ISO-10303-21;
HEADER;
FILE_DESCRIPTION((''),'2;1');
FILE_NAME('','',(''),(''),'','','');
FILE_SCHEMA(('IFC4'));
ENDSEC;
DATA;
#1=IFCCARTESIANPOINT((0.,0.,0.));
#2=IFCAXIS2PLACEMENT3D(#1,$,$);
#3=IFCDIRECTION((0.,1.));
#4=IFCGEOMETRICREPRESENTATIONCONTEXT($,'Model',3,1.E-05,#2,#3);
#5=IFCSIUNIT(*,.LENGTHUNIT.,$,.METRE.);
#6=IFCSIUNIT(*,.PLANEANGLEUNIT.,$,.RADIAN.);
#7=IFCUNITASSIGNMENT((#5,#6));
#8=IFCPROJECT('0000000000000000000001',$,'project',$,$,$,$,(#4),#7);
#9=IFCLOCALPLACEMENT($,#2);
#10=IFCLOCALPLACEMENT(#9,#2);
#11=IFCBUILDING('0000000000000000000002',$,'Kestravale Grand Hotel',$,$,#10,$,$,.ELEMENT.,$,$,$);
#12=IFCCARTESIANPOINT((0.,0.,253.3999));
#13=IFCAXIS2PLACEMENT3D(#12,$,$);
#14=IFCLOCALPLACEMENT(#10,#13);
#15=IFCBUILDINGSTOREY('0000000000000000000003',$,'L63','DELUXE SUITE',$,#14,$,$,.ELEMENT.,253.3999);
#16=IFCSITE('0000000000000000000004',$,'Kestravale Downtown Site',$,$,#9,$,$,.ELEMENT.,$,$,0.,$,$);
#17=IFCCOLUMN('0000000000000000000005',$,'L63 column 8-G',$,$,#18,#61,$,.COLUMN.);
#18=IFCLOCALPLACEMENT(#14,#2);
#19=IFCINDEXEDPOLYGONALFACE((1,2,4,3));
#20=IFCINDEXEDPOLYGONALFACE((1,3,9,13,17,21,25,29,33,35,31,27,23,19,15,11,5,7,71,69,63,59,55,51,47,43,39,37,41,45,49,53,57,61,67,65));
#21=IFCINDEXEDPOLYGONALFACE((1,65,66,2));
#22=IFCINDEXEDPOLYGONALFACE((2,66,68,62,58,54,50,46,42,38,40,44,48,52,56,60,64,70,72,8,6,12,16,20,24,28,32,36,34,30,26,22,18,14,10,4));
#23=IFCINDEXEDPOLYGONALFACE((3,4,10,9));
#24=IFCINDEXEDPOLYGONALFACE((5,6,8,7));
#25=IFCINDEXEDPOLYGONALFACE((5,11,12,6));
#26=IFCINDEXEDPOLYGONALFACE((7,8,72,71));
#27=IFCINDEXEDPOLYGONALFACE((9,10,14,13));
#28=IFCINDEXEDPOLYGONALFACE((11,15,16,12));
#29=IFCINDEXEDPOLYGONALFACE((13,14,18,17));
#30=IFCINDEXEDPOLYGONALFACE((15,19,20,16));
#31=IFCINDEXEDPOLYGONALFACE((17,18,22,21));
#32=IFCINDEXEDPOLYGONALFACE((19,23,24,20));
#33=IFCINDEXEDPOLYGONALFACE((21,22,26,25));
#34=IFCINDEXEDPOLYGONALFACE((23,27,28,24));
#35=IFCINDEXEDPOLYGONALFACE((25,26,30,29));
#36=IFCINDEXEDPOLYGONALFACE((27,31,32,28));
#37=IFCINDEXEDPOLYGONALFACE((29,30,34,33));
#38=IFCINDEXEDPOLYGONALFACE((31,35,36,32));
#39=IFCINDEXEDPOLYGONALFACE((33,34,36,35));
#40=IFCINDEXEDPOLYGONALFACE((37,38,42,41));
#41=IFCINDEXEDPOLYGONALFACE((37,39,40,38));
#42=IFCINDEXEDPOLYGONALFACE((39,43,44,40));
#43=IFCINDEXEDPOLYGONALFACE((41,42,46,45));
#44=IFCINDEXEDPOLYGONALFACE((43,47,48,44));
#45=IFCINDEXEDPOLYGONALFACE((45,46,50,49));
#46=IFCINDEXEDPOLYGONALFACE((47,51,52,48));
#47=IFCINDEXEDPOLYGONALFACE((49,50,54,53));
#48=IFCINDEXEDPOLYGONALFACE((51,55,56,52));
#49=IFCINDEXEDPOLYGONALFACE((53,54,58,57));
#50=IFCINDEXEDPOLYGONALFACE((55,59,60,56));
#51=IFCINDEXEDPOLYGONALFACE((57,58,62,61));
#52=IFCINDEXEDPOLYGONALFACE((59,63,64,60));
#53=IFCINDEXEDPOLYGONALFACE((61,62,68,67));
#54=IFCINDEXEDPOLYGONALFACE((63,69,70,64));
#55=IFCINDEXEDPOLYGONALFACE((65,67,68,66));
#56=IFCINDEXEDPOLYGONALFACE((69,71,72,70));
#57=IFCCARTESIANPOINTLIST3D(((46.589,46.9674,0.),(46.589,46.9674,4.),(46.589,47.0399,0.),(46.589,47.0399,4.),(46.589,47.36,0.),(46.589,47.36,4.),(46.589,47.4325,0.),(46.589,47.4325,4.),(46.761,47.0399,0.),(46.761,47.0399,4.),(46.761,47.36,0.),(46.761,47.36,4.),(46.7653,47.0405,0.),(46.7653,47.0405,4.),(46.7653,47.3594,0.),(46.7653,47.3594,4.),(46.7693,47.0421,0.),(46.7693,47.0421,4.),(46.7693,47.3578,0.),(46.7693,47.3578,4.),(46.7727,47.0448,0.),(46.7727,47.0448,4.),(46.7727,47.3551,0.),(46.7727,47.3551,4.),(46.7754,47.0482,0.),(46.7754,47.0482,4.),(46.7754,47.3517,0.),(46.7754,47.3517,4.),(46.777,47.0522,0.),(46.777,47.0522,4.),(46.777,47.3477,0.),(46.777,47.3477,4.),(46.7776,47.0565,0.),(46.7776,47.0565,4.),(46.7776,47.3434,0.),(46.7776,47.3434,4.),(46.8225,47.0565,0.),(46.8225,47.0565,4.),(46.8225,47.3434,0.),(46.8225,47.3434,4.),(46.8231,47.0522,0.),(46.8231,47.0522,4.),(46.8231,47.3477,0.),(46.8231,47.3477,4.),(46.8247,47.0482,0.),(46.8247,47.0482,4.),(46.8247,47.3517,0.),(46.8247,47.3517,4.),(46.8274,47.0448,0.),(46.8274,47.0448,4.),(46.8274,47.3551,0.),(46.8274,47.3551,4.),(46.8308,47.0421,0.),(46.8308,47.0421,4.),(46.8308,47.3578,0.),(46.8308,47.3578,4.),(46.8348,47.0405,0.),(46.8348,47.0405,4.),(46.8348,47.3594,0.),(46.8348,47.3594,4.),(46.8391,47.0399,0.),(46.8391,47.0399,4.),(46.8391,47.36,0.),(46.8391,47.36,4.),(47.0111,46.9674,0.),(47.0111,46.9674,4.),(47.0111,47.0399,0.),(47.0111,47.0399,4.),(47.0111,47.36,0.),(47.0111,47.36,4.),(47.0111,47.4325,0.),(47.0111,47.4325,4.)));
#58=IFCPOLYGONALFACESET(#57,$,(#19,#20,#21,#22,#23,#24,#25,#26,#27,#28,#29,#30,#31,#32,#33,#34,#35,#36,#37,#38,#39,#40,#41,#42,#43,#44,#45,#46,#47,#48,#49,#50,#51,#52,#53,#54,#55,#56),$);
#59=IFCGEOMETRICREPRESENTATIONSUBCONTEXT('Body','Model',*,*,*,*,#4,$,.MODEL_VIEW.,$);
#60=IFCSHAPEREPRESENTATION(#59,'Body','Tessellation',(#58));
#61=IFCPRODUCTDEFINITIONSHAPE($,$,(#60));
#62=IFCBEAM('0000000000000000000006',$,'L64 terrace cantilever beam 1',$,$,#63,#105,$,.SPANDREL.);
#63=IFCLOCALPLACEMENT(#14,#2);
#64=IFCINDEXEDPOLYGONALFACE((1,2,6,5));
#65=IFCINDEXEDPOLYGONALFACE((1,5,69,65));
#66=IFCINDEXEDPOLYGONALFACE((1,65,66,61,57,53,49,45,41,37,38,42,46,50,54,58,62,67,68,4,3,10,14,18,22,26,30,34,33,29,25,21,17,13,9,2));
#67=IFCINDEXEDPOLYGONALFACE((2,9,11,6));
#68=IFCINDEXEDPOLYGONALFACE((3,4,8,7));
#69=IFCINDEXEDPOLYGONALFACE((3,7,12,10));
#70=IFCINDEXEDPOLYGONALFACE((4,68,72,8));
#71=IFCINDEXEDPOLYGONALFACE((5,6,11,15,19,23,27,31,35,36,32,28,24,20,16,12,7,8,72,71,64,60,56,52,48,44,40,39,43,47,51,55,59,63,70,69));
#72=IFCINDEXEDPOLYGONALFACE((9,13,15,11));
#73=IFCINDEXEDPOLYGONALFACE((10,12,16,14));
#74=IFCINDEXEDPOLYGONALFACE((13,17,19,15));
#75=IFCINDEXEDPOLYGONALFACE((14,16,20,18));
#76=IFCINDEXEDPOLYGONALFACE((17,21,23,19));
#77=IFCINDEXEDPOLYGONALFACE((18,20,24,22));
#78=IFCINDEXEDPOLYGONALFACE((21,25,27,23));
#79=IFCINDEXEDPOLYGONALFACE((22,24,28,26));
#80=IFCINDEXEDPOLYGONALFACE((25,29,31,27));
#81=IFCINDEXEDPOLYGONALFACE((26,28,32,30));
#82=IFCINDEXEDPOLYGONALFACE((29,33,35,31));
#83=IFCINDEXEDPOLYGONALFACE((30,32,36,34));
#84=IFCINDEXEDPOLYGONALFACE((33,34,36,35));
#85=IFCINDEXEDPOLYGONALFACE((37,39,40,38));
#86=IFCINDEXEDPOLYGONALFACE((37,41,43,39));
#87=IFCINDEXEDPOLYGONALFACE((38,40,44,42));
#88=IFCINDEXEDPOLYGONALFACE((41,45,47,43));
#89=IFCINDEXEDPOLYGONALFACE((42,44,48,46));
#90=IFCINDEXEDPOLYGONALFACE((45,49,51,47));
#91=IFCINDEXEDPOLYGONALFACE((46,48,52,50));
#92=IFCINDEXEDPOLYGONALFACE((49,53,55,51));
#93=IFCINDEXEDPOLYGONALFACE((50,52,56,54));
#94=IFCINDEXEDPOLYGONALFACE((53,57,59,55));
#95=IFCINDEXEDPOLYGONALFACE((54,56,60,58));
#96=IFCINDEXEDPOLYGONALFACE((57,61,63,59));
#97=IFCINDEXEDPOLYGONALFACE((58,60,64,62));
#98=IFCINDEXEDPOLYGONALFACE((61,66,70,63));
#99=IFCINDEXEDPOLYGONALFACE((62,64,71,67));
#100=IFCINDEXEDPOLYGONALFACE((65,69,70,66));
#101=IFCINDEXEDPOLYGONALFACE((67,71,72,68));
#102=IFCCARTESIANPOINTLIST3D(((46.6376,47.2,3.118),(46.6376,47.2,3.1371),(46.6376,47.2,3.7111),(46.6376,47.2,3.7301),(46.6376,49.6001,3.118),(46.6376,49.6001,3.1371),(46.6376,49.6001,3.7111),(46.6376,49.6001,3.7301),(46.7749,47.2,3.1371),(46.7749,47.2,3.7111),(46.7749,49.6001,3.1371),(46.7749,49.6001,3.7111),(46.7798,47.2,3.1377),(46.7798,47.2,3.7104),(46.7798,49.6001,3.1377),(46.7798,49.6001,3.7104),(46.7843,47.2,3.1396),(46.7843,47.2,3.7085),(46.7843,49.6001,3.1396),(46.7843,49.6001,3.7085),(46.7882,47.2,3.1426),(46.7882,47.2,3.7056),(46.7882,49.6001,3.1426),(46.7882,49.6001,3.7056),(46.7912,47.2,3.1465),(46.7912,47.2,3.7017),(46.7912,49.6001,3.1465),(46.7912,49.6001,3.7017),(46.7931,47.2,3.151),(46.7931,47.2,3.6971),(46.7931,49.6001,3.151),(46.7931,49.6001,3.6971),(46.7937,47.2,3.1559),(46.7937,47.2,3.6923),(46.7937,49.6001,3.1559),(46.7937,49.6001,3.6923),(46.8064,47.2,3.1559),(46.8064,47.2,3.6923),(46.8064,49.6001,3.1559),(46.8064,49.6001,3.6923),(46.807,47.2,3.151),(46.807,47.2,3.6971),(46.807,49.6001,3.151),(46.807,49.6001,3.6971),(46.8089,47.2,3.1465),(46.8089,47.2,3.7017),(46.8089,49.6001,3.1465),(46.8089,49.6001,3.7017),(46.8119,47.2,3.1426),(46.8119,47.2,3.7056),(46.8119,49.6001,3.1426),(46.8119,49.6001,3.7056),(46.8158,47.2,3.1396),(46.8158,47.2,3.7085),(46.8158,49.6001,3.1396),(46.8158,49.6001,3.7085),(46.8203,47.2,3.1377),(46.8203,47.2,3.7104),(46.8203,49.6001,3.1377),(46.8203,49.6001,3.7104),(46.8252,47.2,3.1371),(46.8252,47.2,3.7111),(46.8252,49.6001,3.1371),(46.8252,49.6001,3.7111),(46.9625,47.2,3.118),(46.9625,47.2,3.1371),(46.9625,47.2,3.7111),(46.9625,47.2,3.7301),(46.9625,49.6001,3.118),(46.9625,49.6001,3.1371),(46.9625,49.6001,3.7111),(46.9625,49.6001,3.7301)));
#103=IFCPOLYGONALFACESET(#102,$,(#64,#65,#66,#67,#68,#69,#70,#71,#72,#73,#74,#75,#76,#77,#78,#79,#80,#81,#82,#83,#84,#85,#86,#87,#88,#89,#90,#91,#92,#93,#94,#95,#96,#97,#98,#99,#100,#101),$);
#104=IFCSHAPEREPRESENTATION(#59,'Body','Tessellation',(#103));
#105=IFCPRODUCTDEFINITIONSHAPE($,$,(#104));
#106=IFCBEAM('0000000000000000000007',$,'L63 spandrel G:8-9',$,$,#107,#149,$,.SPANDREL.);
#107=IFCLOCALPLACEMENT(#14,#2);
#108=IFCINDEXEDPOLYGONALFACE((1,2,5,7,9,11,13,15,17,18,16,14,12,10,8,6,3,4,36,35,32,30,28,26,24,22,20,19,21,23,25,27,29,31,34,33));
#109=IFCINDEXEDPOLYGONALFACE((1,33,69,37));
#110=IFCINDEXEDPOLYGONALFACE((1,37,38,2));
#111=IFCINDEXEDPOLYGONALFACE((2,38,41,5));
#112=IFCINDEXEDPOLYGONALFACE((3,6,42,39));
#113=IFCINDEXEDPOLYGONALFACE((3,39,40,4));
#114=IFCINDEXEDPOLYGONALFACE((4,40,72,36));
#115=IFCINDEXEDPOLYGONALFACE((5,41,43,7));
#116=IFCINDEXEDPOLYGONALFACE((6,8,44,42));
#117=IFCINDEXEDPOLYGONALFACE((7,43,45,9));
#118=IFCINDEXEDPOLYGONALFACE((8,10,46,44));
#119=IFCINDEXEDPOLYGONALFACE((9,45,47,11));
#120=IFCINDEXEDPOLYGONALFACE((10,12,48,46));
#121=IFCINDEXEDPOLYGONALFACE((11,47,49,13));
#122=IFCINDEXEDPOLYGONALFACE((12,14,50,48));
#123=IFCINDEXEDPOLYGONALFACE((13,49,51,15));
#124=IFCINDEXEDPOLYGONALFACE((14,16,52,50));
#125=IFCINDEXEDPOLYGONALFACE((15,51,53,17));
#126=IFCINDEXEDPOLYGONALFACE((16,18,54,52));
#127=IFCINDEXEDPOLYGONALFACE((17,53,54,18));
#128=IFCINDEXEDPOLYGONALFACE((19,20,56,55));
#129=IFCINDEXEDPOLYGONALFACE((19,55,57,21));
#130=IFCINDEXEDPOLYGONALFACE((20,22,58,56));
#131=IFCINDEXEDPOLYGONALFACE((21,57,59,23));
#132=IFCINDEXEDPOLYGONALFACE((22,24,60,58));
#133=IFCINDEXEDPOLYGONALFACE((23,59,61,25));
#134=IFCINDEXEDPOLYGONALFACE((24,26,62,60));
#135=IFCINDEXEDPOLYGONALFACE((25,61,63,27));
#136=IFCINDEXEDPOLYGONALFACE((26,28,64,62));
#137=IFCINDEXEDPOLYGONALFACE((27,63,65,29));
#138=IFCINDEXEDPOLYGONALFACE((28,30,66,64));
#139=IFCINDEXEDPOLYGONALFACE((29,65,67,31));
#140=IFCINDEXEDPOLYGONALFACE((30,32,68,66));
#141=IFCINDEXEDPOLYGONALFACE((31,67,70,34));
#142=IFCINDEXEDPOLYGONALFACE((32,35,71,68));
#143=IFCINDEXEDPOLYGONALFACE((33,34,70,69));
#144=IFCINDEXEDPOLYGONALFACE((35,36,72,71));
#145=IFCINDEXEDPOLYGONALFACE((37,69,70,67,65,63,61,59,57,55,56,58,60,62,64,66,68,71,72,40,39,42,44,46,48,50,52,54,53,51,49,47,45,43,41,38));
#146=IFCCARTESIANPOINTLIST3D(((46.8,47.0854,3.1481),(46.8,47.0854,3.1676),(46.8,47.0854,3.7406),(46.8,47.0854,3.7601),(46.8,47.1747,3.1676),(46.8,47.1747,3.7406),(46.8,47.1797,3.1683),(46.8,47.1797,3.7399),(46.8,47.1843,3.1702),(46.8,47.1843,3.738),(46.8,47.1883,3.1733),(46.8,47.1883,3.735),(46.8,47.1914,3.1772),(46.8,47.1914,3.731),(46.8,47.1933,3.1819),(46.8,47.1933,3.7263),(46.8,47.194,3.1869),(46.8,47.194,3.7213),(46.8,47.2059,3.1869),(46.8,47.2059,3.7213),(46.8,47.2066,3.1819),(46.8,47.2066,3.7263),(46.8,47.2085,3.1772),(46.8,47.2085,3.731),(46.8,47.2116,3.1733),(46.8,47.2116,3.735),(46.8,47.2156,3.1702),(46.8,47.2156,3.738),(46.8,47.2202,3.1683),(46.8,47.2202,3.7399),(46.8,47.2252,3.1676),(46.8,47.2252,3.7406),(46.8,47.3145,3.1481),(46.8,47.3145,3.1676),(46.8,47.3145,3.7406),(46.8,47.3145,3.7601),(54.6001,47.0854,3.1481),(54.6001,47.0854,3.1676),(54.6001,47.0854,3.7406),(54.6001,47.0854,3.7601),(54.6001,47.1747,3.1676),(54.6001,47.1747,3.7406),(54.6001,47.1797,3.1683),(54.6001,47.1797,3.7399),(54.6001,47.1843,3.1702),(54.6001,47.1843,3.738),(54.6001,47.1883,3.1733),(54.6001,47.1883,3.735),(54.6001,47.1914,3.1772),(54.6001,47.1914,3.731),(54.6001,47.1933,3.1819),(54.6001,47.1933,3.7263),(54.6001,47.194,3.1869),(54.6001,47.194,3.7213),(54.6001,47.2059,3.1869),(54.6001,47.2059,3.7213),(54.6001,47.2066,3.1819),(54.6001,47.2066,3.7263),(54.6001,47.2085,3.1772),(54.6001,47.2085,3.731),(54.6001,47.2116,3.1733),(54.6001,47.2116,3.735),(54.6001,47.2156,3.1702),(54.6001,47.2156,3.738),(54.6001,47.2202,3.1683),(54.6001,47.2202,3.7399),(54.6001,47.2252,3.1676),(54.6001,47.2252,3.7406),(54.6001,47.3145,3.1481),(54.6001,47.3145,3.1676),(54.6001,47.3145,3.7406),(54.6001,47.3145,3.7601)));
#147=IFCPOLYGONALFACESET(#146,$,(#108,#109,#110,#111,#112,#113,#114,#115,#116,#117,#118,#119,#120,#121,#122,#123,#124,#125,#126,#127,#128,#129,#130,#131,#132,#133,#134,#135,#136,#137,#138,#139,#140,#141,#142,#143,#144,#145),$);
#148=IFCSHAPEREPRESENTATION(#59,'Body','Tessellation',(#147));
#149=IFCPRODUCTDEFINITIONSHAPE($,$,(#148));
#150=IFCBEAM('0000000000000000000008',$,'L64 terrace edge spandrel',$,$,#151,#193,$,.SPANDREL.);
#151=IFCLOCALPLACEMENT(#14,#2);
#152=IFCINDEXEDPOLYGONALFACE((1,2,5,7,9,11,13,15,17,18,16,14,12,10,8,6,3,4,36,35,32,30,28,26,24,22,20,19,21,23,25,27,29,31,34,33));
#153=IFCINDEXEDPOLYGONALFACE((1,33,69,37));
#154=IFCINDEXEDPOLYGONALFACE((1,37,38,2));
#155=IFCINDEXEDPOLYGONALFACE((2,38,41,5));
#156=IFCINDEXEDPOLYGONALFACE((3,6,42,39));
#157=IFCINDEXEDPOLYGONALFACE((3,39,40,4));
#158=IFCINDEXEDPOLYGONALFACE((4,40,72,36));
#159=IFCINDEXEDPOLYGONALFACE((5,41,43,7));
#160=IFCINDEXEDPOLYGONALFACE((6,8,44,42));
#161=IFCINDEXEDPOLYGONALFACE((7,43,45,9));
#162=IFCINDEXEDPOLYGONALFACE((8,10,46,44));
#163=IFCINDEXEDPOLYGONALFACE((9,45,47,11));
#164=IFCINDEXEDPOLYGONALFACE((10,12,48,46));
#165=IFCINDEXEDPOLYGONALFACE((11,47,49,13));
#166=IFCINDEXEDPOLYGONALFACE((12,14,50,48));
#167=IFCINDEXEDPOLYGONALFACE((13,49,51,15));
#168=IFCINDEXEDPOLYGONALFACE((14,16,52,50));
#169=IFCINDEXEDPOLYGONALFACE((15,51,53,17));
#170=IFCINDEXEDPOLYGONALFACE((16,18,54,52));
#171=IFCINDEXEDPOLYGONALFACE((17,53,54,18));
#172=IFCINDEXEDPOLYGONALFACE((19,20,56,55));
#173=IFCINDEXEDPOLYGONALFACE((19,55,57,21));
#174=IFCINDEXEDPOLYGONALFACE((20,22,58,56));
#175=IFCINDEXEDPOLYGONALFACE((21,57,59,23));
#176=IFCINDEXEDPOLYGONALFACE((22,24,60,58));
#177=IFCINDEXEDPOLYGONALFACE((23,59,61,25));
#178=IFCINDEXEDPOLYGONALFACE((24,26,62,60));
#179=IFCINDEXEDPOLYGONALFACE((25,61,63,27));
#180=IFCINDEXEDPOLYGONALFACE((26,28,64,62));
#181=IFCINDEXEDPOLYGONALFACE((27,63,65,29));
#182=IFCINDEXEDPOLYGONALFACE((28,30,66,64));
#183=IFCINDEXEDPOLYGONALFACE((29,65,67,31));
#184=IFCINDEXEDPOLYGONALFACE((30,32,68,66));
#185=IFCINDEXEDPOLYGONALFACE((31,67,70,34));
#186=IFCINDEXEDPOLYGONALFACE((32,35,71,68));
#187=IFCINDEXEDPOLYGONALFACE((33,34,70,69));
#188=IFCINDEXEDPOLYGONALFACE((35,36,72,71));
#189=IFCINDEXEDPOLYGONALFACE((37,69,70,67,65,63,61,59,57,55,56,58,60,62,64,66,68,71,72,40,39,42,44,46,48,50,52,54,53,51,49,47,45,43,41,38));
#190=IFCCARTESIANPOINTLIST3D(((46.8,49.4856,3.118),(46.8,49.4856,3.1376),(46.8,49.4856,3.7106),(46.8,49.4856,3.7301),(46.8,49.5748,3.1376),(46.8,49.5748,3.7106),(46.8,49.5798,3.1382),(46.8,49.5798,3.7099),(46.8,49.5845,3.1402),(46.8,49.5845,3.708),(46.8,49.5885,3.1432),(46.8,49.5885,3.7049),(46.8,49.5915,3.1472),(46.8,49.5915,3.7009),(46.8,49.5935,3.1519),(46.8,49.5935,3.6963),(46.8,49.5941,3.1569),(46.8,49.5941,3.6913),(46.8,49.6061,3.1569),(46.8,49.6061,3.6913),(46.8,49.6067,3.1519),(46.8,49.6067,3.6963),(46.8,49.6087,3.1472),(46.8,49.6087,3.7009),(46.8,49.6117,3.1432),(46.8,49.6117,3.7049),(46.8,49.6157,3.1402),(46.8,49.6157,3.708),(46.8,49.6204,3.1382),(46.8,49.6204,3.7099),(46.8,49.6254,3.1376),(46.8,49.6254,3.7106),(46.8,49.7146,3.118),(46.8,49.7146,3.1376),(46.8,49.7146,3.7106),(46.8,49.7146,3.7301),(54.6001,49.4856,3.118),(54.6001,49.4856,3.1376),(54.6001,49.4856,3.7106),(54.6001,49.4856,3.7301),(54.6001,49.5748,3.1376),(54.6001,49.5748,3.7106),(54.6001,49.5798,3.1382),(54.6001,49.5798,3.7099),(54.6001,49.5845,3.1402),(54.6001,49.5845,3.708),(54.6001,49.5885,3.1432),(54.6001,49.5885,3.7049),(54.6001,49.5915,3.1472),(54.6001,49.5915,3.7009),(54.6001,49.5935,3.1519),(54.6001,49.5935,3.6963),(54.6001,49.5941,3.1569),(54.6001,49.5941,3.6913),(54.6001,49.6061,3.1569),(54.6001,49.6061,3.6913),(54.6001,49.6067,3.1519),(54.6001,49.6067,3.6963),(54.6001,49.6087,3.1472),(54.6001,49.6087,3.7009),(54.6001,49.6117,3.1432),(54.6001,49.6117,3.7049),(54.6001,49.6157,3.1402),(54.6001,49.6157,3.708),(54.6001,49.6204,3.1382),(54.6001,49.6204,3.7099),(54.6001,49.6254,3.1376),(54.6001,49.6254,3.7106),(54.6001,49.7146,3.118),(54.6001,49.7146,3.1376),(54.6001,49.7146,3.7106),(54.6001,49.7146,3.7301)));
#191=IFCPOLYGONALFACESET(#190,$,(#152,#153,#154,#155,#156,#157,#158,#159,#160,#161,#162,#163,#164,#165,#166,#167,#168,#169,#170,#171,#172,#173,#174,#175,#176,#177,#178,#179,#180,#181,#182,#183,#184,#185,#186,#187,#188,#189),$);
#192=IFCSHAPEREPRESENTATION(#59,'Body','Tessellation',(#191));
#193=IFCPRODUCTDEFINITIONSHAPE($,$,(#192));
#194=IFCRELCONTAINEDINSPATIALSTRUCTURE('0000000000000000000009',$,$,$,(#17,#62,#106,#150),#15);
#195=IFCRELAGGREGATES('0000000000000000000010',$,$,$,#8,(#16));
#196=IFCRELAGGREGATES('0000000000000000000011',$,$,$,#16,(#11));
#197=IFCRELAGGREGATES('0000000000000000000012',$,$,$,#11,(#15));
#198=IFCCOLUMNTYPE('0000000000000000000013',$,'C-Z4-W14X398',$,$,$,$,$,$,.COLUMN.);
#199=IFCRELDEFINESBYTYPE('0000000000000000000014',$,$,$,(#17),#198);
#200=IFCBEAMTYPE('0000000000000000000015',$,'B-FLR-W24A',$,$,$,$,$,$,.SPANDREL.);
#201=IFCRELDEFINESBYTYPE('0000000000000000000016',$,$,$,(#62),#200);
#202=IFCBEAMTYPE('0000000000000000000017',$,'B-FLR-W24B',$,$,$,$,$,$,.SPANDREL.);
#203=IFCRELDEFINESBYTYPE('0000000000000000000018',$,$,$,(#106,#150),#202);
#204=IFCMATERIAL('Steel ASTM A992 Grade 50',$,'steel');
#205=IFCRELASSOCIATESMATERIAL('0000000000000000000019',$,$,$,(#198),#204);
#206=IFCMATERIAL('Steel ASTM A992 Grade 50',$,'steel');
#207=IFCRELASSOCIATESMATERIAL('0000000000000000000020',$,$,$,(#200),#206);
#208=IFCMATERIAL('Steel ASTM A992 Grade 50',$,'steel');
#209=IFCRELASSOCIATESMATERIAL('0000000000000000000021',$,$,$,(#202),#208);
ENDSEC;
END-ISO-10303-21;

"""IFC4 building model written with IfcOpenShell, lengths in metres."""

from ifc_helpers import new_model, si_unit, direction, frame, origin, origin_2d, place, context, subcontext, project, spatial, i_section, extrude, material, material_profile, profile_set, type_object, element, save


model = new_model("IFC4")

# Units and contexts
model_context = context("Model", 3, precision=1e-05, world=origin(), true_north=direction((0.0, 1.0)))
body_context = subcontext(model_context, "Body", "Model", "MODEL_VIEW")
ifc_project = project(units=[si_unit("LENGTHUNIT", "METRE"), si_unit("PLANEANGLEUNIT", "RADIAN")], contexts=[model_context])

# Site, building, storey
site_placement = place(None, origin())
site = spatial("IfcSite", under=ifc_project, at=site_placement, Name="Kestravale Downtown Site", CompositionType="ELEMENT", RefElevation=0.0)
building_placement = place(site_placement, origin())
building = spatial("IfcBuilding", under=site, at=building_placement, Name="Kestravale Grand Hotel", CompositionType="ELEMENT")
storey_placement = place(building_placement, frame((0.0, 0.0, 253.3999)))
storey = spatial("IfcBuildingStorey", under=building, at=storey_placement, Name="L63", Description="DELUXE SUITE", CompositionType="ELEMENT", Elevation=253.3999)

# Column
ifc_material_1 = material(Name="Steel ASTM A992 Grade 50", Category="steel")
ifc_material_profile_1 = material_profile(ifc_material_1, i_section(OverallWidth=0.4221, OverallDepth=0.4651, WebThickness=0.0449, FlangeThickness=0.0725, FilletRadius=0.0166, at=origin_2d()))
ifc_profile_set_1 = profile_set([ifc_material_profile_1], Name="Steel ASTM A992 Grade 50")
column_type = type_object("IfcColumnType", Name="C-Z4-W14X398", PredefinedType="COLUMN", material=ifc_profile_set_1)
column_placement = place(storey_placement, frame((46.8, 47.2, 0.0), z_axis=(0.0, 0.0, 1.0), x_axis=(1.0, 0.0, 0.0)))
element("IfcColumn", 1, at=column_placement, inside=storey, type_object=column_type, Name="L63 column 8-G", PredefinedType="COLUMN", context=body_context, shape_type="SweptSolid", body=[
    extrude(i_section(OverallWidth=0.4221, OverallDepth=0.4651, WebThickness=0.0449, FlangeThickness=0.0725, FilletRadius=0.0166, at=origin_2d()), origin(), (0.0, 0.0, 1.0), 4.0),
])

# Beams
ifc_material_2 = material(Name="Steel ASTM A992 Grade 50", Category="steel")
ifc_material_profile_2 = material_profile(ifc_material_2, i_section(OverallWidth=0.325, OverallDepth=0.6121, WebThickness=0.0127, FlangeThickness=0.019, FilletRadius=0.0188, at=origin_2d()))
ifc_profile_set_2 = profile_set([ifc_material_profile_2], Name="Steel ASTM A992 Grade 50")
beam_type_1 = type_object("IfcBeamType", Name="B-FLR-W24A", PredefinedType="SPANDREL", material=ifc_profile_set_2)
beam_1_placement = place(storey_placement, frame((46.8, 47.2, 3.4241), z_axis=(0.0, 1.0, 0.0), x_axis=(-1.0, 0.0, 0.0)))
element("IfcBeam", 2, at=beam_1_placement, inside=storey, type_object=beam_type_1, Name="L64 terrace cantilever beam 1", PredefinedType="SPANDREL", context=body_context, shape_type="SweptSolid", body=[
    extrude(i_section(OverallWidth=0.325, OverallDepth=0.6121, WebThickness=0.0127, FlangeThickness=0.019, FilletRadius=0.0188, at=origin_2d()), origin(), (0.0, 0.0, 1.0), 2.4001),
])
ifc_material_3 = material(Name="Steel ASTM A992 Grade 50", Category="steel")
ifc_material_profile_3 = material_profile(ifc_material_3, i_section(OverallWidth=0.229, OverallDepth=0.6121, WebThickness=0.012, FlangeThickness=0.0195, FilletRadius=0.0193, at=origin_2d()))
ifc_profile_set_3 = profile_set([ifc_material_profile_3], Name="Steel ASTM A992 Grade 50")
beam_type_2 = type_object("IfcBeamType", Name="B-FLR-W24B", PredefinedType="SPANDREL", material=ifc_profile_set_3)
for number, where, z_axis, x_axis, name in (
    (3, (46.8, 47.2, 3.4541), (1.0, 0.0, 0.0), (0.0, 1.0, 0.0), "L63 spandrel G:8-9"),
    (4, (46.8, 49.6001, 3.4241), (1.0, 0.0, 0.0), (0.0, 1.0, 0.0), "L64 terrace edge spandrel"),
):
    element("IfcBeam", number, at=place(storey_placement, frame(where, z_axis=z_axis, x_axis=x_axis)), inside=storey, type_object=beam_type_2, Name=name, PredefinedType="SPANDREL", context=body_context, shape_type="SweptSolid", body=[
        extrude(i_section(OverallWidth=0.229, OverallDepth=0.6121, WebThickness=0.012, FlangeThickness=0.0195, FilletRadius=0.0193, at=origin_2d()), origin(), (0.0, 0.0, 1.0), 7.8),
    ])

save(model, "model.ifc")
